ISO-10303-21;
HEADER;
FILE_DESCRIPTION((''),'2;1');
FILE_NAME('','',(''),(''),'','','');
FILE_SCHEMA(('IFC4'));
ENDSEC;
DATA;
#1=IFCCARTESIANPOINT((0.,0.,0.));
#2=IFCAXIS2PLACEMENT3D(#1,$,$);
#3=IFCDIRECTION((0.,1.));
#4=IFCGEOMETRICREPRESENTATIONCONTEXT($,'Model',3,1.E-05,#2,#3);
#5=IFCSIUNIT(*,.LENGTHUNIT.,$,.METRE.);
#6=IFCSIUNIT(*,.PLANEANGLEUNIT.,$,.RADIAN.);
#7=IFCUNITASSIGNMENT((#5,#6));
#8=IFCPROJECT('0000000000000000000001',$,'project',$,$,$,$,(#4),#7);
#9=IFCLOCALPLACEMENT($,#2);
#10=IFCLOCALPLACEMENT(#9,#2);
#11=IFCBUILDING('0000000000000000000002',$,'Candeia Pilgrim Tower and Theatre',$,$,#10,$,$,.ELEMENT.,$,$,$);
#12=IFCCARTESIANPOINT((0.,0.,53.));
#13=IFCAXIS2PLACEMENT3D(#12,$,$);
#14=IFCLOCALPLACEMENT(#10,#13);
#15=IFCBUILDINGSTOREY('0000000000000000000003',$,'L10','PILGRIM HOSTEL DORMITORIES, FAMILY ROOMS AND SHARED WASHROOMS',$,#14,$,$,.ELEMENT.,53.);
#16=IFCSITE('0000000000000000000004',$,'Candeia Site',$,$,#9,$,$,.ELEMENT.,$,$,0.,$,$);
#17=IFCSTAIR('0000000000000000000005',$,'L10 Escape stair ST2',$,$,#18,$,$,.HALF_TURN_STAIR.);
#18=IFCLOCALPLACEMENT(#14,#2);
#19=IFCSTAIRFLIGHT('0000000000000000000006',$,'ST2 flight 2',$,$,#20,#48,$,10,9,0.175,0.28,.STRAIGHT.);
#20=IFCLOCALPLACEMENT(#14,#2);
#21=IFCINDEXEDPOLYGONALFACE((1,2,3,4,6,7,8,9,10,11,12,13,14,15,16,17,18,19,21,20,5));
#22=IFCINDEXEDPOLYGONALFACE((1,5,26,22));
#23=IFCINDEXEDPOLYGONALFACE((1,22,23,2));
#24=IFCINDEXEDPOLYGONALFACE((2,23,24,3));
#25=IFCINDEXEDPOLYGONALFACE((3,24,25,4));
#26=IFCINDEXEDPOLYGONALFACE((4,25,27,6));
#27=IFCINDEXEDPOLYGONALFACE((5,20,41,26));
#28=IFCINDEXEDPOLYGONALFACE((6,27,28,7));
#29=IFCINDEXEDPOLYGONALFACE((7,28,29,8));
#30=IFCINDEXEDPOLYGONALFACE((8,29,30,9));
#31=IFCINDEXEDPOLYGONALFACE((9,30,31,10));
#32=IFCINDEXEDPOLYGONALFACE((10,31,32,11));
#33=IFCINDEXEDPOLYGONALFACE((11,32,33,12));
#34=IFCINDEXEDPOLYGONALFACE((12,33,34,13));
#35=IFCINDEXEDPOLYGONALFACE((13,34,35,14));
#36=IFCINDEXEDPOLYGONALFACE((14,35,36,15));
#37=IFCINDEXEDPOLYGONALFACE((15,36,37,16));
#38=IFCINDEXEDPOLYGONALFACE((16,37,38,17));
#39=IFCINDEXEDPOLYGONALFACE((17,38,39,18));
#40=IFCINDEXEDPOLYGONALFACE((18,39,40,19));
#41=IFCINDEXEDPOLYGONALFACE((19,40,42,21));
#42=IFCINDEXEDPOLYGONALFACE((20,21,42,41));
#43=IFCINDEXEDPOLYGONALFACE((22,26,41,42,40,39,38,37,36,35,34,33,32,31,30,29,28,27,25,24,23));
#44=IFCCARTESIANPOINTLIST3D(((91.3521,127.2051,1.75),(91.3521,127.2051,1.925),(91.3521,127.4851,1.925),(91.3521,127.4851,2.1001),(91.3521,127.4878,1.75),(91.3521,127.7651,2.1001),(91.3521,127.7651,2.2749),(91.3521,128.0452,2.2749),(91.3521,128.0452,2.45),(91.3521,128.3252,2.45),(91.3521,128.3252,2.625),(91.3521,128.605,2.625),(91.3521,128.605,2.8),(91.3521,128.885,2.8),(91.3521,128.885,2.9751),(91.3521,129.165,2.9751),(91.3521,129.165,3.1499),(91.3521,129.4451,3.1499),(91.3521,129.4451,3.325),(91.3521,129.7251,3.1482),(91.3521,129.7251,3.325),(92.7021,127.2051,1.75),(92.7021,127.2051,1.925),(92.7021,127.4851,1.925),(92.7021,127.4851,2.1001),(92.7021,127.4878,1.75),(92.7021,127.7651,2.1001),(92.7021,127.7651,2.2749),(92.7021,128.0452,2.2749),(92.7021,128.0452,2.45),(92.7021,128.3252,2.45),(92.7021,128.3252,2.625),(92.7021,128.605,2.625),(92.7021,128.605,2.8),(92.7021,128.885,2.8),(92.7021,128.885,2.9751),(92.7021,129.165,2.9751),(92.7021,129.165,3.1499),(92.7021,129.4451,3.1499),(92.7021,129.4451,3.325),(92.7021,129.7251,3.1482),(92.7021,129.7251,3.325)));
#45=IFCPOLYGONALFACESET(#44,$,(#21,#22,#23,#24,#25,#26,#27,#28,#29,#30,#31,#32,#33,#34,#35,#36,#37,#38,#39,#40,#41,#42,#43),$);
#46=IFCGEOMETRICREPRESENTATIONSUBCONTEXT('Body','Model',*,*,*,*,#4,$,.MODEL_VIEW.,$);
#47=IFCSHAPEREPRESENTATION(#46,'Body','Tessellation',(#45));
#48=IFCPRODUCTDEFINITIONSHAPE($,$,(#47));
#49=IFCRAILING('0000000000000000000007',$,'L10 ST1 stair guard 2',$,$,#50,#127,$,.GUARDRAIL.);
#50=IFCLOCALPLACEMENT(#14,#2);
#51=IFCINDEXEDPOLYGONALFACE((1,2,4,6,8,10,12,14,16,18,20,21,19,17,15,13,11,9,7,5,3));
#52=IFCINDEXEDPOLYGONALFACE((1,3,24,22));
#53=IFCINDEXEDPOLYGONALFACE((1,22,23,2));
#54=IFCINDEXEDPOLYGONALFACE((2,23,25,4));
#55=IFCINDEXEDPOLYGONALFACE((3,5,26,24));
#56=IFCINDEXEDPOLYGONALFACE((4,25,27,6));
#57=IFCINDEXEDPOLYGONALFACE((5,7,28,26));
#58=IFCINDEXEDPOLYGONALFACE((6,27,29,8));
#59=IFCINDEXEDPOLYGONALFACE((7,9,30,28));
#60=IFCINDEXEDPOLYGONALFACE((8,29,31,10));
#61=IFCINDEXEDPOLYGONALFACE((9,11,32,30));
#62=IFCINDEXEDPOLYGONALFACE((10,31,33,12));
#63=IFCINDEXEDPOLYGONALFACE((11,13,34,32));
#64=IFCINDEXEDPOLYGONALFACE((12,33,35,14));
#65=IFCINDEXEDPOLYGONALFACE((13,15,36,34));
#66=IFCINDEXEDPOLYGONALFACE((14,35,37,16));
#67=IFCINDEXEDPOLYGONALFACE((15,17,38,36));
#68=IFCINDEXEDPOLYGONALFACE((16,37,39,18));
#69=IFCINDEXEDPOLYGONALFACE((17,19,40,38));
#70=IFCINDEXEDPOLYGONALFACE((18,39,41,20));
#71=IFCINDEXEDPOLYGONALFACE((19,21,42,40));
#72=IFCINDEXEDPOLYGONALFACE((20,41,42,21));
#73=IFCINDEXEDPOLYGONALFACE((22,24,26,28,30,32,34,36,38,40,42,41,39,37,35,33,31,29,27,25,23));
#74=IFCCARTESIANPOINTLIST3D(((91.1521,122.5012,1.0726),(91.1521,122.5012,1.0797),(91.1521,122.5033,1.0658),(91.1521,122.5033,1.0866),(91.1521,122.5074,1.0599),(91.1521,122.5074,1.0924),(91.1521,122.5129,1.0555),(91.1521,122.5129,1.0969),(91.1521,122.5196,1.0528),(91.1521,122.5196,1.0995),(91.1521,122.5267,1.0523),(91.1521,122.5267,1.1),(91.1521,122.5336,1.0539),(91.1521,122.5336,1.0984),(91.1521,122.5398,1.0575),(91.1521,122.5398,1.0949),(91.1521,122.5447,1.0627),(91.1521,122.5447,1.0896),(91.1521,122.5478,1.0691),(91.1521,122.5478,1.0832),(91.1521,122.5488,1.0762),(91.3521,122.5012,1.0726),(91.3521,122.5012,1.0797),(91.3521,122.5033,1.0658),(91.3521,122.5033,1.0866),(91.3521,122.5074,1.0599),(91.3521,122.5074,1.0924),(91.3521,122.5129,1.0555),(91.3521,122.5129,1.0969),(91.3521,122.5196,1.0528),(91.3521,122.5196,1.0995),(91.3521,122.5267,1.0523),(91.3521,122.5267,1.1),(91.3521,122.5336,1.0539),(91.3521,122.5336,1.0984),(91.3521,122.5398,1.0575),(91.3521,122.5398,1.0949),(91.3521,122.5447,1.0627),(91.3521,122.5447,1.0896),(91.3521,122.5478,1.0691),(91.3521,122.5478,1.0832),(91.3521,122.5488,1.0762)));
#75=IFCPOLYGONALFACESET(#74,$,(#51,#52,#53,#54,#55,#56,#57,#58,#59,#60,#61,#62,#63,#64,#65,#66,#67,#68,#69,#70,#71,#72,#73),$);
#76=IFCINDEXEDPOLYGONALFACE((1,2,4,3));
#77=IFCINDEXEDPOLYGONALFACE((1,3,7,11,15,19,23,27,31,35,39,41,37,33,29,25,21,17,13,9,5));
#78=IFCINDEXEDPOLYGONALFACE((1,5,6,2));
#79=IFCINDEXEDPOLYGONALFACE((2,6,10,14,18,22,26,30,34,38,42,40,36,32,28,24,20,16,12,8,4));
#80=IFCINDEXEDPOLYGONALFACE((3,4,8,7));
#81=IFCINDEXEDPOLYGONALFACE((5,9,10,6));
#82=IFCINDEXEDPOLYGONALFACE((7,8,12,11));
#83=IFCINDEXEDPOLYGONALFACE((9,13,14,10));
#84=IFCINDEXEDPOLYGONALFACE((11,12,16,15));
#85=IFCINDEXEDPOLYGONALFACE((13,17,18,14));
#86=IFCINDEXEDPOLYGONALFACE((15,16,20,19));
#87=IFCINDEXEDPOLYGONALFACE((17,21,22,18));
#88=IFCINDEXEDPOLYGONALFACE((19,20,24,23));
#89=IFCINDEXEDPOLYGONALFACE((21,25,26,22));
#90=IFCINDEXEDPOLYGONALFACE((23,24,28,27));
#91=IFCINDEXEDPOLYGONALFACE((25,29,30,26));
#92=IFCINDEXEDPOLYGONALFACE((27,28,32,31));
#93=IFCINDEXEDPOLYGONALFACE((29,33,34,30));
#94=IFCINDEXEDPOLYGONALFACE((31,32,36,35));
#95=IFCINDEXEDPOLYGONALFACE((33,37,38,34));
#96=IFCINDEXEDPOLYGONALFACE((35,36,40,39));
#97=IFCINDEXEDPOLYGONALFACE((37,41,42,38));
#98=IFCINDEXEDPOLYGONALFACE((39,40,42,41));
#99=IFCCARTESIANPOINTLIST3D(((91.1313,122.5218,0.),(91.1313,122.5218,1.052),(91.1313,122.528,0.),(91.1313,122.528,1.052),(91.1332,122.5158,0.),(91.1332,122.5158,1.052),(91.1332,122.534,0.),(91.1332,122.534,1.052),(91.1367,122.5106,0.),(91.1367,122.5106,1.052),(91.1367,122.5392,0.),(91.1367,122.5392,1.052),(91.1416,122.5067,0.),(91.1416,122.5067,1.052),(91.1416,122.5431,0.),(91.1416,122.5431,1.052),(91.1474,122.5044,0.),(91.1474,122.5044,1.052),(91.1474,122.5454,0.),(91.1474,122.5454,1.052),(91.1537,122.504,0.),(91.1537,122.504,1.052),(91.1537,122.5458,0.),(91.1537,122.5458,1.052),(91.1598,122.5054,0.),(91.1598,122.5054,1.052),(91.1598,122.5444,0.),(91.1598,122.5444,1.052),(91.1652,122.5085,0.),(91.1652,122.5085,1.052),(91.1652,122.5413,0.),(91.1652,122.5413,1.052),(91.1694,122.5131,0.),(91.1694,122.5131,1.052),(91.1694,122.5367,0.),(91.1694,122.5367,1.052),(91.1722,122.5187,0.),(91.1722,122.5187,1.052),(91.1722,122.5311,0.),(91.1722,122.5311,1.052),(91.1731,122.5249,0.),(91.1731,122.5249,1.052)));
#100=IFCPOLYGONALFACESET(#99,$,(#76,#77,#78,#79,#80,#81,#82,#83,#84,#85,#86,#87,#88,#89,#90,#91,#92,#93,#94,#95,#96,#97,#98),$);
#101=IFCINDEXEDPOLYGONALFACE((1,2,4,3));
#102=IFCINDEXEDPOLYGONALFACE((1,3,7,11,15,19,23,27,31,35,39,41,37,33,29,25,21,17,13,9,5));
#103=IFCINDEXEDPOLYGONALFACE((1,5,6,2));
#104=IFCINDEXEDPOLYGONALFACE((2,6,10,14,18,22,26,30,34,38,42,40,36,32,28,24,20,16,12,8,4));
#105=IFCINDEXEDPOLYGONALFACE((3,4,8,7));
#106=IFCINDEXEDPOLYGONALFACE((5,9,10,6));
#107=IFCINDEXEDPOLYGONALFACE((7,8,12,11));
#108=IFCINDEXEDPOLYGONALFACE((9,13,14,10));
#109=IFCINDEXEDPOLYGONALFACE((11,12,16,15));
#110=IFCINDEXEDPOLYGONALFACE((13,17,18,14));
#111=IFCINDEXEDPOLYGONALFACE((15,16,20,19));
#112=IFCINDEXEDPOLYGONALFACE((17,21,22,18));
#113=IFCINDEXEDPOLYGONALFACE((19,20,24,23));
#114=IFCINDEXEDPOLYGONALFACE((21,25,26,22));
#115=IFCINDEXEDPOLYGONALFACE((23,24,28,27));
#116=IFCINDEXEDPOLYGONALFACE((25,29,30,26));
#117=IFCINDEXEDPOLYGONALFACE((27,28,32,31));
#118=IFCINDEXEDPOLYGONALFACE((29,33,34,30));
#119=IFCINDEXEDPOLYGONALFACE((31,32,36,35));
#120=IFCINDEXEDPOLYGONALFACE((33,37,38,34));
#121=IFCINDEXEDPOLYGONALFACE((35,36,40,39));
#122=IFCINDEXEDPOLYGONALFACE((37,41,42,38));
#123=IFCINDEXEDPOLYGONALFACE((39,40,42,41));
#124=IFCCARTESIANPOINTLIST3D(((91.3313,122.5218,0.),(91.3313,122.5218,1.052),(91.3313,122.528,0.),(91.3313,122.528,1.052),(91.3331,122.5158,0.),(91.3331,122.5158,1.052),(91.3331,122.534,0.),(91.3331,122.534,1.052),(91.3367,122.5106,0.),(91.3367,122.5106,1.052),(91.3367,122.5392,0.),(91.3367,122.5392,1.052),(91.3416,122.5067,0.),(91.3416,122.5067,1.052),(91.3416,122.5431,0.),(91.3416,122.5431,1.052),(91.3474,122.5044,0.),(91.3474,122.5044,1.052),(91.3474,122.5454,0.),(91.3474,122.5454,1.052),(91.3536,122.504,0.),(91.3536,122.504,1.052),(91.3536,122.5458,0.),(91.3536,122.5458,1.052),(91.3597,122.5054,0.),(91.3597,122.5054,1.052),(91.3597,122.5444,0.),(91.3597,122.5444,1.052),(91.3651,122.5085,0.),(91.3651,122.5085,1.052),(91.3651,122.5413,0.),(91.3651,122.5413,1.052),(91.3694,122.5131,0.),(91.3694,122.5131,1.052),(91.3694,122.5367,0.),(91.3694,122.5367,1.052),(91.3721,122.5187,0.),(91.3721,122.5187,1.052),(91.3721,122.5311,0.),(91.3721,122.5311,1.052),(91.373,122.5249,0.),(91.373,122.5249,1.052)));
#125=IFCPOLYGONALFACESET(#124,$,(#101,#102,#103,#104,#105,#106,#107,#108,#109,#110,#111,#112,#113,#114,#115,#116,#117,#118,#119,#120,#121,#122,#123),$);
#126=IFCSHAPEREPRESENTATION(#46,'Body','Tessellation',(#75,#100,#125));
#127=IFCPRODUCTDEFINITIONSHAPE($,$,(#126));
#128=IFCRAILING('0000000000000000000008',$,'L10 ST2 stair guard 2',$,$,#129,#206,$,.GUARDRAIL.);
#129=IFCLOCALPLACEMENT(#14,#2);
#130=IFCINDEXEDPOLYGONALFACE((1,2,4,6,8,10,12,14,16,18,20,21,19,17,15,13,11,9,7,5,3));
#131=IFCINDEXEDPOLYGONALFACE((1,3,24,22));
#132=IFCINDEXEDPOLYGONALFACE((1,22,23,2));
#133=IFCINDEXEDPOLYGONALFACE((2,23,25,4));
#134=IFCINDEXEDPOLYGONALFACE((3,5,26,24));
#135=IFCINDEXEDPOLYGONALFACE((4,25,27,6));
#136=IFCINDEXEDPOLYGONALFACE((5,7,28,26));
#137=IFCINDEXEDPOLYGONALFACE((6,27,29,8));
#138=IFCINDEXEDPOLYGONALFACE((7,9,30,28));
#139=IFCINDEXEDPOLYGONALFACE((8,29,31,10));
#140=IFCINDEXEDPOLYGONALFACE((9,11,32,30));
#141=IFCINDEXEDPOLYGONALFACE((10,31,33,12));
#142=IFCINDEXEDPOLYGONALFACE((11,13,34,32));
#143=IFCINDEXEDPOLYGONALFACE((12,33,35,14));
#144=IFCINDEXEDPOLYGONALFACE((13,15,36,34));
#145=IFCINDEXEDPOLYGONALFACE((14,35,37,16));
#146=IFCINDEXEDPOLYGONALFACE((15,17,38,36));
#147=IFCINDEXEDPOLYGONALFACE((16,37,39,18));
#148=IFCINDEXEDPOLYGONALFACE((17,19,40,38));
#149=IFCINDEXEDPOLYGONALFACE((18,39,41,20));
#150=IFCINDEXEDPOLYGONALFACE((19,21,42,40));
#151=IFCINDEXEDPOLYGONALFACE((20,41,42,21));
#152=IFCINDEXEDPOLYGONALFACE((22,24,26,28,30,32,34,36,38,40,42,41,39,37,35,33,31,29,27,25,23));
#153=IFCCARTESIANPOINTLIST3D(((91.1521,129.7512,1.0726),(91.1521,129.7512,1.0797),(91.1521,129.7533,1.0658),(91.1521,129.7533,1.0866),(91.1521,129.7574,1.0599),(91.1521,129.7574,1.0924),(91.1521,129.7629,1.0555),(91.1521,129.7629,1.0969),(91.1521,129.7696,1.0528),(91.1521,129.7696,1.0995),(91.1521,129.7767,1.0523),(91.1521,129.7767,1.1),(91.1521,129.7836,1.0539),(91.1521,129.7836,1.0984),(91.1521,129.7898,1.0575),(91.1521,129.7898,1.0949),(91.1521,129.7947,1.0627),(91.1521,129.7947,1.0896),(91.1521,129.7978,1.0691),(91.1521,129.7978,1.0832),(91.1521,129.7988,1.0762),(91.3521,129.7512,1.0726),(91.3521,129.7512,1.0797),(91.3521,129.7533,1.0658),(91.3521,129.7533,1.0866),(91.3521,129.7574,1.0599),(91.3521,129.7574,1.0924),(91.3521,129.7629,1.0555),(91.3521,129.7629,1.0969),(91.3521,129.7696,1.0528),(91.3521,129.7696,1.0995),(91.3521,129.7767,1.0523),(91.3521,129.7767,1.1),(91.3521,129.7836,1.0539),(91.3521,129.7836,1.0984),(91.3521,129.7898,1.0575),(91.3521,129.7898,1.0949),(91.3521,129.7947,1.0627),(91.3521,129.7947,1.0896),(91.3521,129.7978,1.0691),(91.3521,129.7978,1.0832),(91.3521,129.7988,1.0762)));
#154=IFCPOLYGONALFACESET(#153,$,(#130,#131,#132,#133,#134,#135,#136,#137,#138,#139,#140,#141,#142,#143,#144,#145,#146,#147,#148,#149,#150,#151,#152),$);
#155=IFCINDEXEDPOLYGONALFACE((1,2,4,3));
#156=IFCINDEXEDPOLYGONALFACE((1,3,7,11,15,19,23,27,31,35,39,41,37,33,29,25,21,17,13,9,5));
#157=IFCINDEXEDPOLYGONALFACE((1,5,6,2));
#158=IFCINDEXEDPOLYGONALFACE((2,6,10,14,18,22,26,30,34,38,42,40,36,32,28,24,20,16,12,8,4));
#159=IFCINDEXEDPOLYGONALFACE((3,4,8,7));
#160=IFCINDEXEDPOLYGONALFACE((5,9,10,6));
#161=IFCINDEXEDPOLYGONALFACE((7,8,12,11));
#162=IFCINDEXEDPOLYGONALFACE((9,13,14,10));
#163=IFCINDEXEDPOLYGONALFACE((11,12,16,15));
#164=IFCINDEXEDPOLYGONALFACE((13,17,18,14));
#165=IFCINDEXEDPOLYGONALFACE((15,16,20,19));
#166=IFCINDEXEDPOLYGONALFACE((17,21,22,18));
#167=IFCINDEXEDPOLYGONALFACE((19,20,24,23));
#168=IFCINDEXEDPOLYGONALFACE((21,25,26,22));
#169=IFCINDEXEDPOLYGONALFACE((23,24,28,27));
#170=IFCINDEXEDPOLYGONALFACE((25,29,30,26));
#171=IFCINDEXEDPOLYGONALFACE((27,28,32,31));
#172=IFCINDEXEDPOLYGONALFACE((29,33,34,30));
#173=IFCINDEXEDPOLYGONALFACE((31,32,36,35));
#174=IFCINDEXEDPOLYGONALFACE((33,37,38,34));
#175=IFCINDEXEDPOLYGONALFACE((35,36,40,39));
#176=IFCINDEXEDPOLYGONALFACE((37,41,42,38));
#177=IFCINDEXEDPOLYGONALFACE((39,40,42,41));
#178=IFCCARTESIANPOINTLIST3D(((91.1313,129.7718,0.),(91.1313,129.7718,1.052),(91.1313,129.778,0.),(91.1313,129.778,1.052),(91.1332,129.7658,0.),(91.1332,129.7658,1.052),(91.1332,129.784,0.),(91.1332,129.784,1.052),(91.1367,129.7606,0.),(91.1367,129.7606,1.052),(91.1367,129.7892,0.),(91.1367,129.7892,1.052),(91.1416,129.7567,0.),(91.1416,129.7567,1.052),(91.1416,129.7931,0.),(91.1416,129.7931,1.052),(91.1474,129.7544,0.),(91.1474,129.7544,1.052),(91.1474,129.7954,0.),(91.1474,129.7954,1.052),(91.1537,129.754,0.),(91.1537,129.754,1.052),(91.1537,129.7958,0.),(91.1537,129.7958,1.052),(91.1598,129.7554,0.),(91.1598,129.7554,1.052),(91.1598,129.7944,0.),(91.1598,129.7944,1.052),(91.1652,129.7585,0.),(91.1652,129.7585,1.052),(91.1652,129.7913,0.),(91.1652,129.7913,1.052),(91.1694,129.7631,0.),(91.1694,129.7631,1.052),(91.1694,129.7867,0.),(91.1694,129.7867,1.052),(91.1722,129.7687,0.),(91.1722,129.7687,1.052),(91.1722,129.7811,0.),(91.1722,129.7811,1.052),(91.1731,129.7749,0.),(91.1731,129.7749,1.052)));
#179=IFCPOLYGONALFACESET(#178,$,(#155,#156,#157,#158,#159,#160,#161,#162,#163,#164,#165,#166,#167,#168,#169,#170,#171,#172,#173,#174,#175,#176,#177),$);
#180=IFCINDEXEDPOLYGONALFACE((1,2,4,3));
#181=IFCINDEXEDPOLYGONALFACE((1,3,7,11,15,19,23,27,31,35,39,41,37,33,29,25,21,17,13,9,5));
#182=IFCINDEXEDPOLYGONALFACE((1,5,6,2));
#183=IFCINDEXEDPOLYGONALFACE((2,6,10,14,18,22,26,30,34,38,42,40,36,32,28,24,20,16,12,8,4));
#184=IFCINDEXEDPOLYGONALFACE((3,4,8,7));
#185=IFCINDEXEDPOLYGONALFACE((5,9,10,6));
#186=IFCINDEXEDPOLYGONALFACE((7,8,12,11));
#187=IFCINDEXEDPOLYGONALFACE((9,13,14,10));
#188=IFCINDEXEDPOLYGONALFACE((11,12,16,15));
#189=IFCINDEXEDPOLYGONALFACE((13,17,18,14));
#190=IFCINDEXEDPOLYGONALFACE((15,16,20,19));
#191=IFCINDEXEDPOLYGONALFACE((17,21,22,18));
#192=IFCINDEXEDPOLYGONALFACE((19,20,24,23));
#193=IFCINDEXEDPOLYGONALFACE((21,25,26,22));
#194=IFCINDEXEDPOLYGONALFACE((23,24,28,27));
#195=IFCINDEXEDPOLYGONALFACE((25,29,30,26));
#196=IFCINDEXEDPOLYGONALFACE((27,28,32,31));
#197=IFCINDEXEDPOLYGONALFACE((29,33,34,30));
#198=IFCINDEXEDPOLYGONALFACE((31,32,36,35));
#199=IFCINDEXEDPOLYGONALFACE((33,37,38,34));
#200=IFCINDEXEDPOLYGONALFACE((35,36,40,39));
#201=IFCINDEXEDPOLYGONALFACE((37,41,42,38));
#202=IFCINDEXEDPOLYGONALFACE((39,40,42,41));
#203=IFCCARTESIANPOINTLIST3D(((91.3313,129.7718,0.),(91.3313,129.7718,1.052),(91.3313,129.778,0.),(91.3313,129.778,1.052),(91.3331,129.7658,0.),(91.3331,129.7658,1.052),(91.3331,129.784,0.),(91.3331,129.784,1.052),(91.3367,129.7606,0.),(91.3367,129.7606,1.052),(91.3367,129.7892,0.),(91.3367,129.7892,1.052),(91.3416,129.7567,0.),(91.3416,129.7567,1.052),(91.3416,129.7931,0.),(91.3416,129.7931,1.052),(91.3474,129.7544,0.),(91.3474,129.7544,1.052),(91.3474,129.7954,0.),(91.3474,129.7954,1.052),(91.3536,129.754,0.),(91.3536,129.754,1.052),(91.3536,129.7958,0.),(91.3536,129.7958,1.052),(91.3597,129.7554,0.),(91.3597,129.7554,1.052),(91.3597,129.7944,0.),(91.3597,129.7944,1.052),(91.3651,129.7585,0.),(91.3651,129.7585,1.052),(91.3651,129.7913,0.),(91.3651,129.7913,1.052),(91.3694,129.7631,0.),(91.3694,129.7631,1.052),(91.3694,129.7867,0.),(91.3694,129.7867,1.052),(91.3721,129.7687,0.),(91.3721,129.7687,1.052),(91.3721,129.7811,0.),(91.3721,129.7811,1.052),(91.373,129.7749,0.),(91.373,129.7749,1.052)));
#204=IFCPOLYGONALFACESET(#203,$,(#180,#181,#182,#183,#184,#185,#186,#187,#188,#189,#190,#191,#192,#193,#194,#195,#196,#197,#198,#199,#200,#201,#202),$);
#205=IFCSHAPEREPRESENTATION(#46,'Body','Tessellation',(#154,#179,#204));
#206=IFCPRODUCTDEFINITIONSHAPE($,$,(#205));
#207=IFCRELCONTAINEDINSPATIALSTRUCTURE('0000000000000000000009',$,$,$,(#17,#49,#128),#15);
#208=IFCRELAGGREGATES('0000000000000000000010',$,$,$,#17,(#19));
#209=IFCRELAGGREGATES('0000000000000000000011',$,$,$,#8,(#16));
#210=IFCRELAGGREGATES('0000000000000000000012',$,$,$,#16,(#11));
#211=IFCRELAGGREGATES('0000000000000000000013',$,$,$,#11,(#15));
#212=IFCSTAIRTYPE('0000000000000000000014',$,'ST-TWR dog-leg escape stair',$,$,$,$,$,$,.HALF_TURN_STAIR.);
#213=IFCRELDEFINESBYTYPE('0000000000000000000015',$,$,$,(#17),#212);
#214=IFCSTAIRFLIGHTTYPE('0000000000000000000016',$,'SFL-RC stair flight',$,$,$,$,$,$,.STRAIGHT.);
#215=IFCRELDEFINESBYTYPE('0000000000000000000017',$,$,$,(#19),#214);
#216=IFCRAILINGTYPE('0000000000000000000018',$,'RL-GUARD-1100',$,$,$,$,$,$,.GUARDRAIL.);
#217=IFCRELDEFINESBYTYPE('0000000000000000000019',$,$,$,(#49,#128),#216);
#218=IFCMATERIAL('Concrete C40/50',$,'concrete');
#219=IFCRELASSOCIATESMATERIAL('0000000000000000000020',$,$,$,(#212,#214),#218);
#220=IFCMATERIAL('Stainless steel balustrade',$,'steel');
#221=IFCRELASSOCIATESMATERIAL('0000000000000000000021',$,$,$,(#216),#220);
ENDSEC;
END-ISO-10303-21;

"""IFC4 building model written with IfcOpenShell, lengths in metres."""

from ifc_helpers import new_model, si_unit, direction, frame, origin, origin_2d, place, context, subcontext, project, spatial, polyline, circle, outline, extrude, material, type_object, element, aggregate, save


model = new_model("IFC4")

# Units and contexts
model_context = context("Model", 3, precision=1e-05, world=origin(), true_north=direction((0.0, 1.0)))
body_context = subcontext(model_context, "Body", "Model", "MODEL_VIEW")
ifc_project = project(units=[si_unit("LENGTHUNIT", "METRE"), si_unit("PLANEANGLEUNIT", "RADIAN")], contexts=[model_context])

# Site, building, storey
site_placement = place(None, origin())
site = spatial("IfcSite", under=ifc_project, at=site_placement, Name="Candeia Site", CompositionType="ELEMENT", RefElevation=0.0)
building_placement = place(site_placement, origin())
building = spatial("IfcBuilding", under=site, at=building_placement, Name="Candeia Pilgrim Tower and Theatre", CompositionType="ELEMENT")
storey_placement = place(building_placement, frame((0.0, 0.0, 53.0)))
storey = spatial("IfcBuildingStorey", under=building, at=storey_placement, Name="L10", Description="PILGRIM HOSTEL DORMITORIES, FAMILY ROOMS AND SHARED WASHROOMS", CompositionType="ELEMENT", Elevation=53.0)

# Shared definitions
ifc_material_1 = material(Name="Concrete C40/50", Category="concrete")

# Stair, stair flight
stair_type = type_object("IfcStairType", Name="ST-TWR dog-leg escape stair", PredefinedType="HALF_TURN_STAIR", material=ifc_material_1)
stair_flight_type = type_object("IfcStairFlightType", Name="SFL-RC stair flight", PredefinedType="STRAIGHT", material=ifc_material_1)
stair_1_placement = place(storey_placement, origin())
stair_1 = element("IfcStair", 1, at=stair_1_placement, inside=storey, type_object=stair_type, Name="L10 Escape stair ST2", PredefinedType="HALF_TURN_STAIR")
stair_flight_1_placement = place(storey_placement, frame((92.0271, 127.2051, 1.75), z_axis=(0.0, 0.0, 1.0), x_axis=(0.0, 1.0, 0.0)))
stair_flight_1 = element("IfcStairFlight", 2, at=stair_flight_1_placement, type_object=stair_flight_type, Name="ST2 flight 2", NumberOfRisers=10, NumberOfTreads=9, PredefinedType="STRAIGHT", RiserHeight=0.175, TreadLength=0.28, context=body_context, shape_type="SweptSolid", body=[
    extrude(outline(polyline([(0.0, 0.0), (0.0, 0.175), (0.28, 0.175), (0.28, 0.3501), (0.5601, 0.3501), (0.5601, 0.5249), (0.8401, 0.5249), (0.8401, 0.7), (1.1201, 0.7), (1.1201, 0.875), (1.3999, 0.875), (1.3999, 1.05), (1.6799, 1.05), (1.6799, 1.2251), (1.96, 1.2251), (1.96, 1.3999), (2.24, 1.3999), (2.24, 1.575), (2.52, 1.575), (2.52, 1.75), (2.52, 1.3982), (0.2827, 0.0), (0.0, 0.0)])), frame((0.0, 0.675, 0.0), z_axis=(0.0, -1.0, 0.0), x_axis=(1.0, 0.0, 0.0)), (0.0, 0.0, 1.0), 1.3501),
])
aggregate(stair_1, [stair_flight_1])

# Railings
ifc_material_2 = material(Name="Stainless steel balustrade", Category="steel")
railing_type_1 = type_object("IfcRailingType", Name="RL-GUARD-1100", PredefinedType="GUARDRAIL", material=ifc_material_2)
railing_1_placement = place(storey_placement, frame((91.1521, 122.5249, 0.0)))
element("IfcRailing", 3, at=railing_1_placement, inside=storey, type_object=railing_type_1, Name="L10 ST1 stair guard 2", PredefinedType="GUARDRAIL", context=body_context, shape_type="SweptSolid", body=[
    extrude(circle(Radius=0.0239, at=origin_2d()), frame((0.0, 0.0, 1.0762), z_axis=(1.0, 0.0, 0.0), x_axis=(0.0, 1.0, 0.0)), (0.0, 0.0, 1.0), 0.2),
    extrude(circle(Radius=0.021, at=origin_2d()), origin(), (0.0, 0.0, 1.0), 1.052),
    extrude(circle(Radius=0.021, at=origin_2d()), frame((0.2, 0.0, 0.0)), (0.0, 0.0, 1.0), 1.052),
])
railing_2_placement = place(storey_placement, frame((91.1521, 129.7749, 0.0)))
element("IfcRailing", 4, at=railing_2_placement, inside=storey, type_object=railing_type_1, Name="L10 ST2 stair guard 2", PredefinedType="GUARDRAIL", context=body_context, shape_type="SweptSolid", body=[
    extrude(circle(Radius=0.0239, at=origin_2d()), frame((0.0, 0.0, 1.0762), z_axis=(1.0, 0.0, 0.0), x_axis=(0.0, 1.0, 0.0)), (0.0, 0.0, 1.0), 0.2),
    extrude(circle(Radius=0.021, at=origin_2d()), origin(), (0.0, 0.0, 1.0), 1.052),
    extrude(circle(Radius=0.021, at=origin_2d()), frame((0.2, 0.0, 0.0)), (0.0, 0.0, 1.0), 1.052),
])

save(model, "model.ifc")
